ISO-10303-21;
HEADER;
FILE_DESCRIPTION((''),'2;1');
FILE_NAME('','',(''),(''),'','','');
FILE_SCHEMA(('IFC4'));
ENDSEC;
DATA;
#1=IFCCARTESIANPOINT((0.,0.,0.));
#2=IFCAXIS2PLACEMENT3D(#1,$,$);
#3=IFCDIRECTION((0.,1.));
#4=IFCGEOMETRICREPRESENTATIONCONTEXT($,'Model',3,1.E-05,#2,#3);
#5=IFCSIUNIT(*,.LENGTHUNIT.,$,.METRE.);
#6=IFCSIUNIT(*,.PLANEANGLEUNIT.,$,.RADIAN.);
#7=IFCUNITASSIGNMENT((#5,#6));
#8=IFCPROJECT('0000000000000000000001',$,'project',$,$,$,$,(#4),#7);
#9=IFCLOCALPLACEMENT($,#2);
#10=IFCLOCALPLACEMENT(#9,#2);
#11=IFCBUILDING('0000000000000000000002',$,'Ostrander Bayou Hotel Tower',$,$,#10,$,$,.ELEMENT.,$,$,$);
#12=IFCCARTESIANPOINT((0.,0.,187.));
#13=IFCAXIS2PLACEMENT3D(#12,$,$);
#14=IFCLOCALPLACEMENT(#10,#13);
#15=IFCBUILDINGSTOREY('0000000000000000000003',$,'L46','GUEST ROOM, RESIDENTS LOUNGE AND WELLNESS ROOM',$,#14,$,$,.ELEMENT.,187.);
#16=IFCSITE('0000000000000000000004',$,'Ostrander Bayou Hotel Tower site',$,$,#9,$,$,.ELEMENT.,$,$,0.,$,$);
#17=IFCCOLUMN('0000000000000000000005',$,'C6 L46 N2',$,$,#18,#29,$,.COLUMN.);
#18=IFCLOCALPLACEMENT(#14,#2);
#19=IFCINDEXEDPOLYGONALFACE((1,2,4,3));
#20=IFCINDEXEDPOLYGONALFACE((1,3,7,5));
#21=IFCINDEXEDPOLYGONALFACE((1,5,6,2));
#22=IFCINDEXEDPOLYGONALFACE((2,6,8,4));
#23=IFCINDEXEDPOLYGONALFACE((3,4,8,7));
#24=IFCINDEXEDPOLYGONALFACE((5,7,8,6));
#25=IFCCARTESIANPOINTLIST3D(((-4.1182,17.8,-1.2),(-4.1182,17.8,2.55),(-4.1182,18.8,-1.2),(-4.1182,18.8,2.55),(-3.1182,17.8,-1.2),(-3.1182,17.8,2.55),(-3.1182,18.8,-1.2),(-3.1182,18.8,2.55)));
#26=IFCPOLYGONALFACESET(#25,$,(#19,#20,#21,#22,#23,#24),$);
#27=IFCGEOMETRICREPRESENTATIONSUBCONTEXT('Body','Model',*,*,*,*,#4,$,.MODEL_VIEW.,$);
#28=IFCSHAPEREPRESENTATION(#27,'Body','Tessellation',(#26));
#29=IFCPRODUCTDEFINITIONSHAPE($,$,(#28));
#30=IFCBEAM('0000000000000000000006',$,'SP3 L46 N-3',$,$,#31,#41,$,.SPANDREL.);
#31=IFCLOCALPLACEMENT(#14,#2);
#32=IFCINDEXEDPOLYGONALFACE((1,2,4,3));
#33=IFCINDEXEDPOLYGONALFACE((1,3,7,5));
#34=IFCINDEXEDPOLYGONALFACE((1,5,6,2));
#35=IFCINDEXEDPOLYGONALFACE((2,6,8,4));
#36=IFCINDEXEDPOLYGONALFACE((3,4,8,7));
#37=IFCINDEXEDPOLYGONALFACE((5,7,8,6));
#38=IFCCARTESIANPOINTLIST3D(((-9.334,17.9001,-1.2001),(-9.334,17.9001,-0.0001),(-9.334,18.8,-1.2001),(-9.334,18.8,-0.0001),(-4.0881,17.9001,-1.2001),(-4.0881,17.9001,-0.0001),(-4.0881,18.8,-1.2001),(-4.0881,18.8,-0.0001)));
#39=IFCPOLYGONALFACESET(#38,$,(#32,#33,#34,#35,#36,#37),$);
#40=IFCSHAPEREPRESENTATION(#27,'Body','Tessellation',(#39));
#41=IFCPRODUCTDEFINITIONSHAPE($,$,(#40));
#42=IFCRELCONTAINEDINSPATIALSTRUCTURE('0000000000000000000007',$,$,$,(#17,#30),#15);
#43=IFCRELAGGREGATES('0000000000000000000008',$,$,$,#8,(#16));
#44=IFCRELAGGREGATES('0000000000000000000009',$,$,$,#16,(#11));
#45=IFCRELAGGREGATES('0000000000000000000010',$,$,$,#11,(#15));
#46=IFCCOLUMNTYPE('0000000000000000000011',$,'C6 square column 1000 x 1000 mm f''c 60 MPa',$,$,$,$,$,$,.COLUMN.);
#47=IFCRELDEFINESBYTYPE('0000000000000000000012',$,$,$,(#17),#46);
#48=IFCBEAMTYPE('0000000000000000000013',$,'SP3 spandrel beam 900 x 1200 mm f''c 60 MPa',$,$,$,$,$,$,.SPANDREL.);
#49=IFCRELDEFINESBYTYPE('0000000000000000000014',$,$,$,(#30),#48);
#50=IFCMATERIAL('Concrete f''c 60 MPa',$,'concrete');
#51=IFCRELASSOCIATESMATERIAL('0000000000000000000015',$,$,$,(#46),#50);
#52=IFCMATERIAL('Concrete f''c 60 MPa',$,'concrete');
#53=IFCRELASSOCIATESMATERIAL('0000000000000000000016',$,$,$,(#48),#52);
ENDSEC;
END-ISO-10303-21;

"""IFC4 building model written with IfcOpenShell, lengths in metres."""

from ifc_helpers import new_model, si_unit, direction, frame, origin, origin_2d, place, context, subcontext, project, spatial, rectangle, extrude, material, material_profile, profile_set, type_object, element, save


model = new_model("IFC4")

# Units and contexts
model_context = context("Model", 3, precision=1e-05, world=origin(), true_north=direction((0.0, 1.0)))
body_context = subcontext(model_context, "Body", "Model", "MODEL_VIEW")
ifc_project = project(units=[si_unit("LENGTHUNIT", "METRE"), si_unit("PLANEANGLEUNIT", "RADIAN")], contexts=[model_context])

# Site, building, storey
site_placement = place(None, origin())
site = spatial("IfcSite", under=ifc_project, at=site_placement, Name="Ostrander Bayou Hotel Tower site", CompositionType="ELEMENT", RefElevation=0.0)
building_placement = place(site_placement, origin())
building = spatial("IfcBuilding", under=site, at=building_placement, Name="Ostrander Bayou Hotel Tower", CompositionType="ELEMENT")
storey_placement = place(building_placement, frame((0.0, 0.0, 187.0)))
storey = spatial("IfcBuildingStorey", under=building, at=storey_placement, Name="L46", Description="GUEST ROOM, RESIDENTS LOUNGE AND WELLNESS ROOM", CompositionType="ELEMENT", Elevation=187.0)

# Column
ifc_material_1 = material(Name="Concrete f'c 60 MPa", Category="concrete")
ifc_material_profile_1 = material_profile(ifc_material_1, rectangle(XDim=1.0, YDim=1.0, at=origin_2d()))
ifc_profile_set_1 = profile_set([ifc_material_profile_1], Name="Concrete f'c 60 MPa")
column_type = type_object("IfcColumnType", Name="C6 square column 1000 x 1000 mm f'c 60 MPa", PredefinedType="COLUMN", material=ifc_profile_set_1)
column_placement = place(storey_placement, frame((-3.6182, 18.3, -1.2), z_axis=(0.0, 0.0, 1.0), x_axis=(1.0, 0.0, 0.0)))
element("IfcColumn", 1, at=column_placement, inside=storey, type_object=column_type, Name="C6 L46 N2", PredefinedType="COLUMN", context=body_context, shape_type="SweptSolid", body=[
    extrude(rectangle(XDim=1.0, YDim=1.0, at=origin_2d()), origin(), (0.0, 0.0, 1.0), 3.75),
])

# Beam
ifc_material_2 = material(Name="Concrete f'c 60 MPa", Category="concrete")
ifc_material_profile_2 = material_profile(ifc_material_2, rectangle(XDim=0.8999, YDim=1.2, at=origin_2d()))
ifc_profile_set_2 = profile_set([ifc_material_profile_2], Name="Concrete f'c 60 MPa")
beam_type = type_object("IfcBeamType", Name="SP3 spandrel beam 900 x 1200 mm f'c 60 MPa", PredefinedType="SPANDREL", material=ifc_profile_set_2)
beam_placement = place(storey_placement, frame((-4.0881, 18.3501, -0.6001), z_axis=(-1.0, 0.0, 0.0), x_axis=(0.0, -1.0, 0.0)))
element("IfcBeam", 2, at=beam_placement, inside=storey, type_object=beam_type, Name="SP3 L46 N-3", PredefinedType="SPANDREL", context=body_context, shape_type="SweptSolid", body=[
    extrude(rectangle(XDim=0.8999, YDim=1.2, at=origin_2d()), origin(), (0.0, 0.0, 1.0), 5.2458),
])

save(model, "model.ifc")
